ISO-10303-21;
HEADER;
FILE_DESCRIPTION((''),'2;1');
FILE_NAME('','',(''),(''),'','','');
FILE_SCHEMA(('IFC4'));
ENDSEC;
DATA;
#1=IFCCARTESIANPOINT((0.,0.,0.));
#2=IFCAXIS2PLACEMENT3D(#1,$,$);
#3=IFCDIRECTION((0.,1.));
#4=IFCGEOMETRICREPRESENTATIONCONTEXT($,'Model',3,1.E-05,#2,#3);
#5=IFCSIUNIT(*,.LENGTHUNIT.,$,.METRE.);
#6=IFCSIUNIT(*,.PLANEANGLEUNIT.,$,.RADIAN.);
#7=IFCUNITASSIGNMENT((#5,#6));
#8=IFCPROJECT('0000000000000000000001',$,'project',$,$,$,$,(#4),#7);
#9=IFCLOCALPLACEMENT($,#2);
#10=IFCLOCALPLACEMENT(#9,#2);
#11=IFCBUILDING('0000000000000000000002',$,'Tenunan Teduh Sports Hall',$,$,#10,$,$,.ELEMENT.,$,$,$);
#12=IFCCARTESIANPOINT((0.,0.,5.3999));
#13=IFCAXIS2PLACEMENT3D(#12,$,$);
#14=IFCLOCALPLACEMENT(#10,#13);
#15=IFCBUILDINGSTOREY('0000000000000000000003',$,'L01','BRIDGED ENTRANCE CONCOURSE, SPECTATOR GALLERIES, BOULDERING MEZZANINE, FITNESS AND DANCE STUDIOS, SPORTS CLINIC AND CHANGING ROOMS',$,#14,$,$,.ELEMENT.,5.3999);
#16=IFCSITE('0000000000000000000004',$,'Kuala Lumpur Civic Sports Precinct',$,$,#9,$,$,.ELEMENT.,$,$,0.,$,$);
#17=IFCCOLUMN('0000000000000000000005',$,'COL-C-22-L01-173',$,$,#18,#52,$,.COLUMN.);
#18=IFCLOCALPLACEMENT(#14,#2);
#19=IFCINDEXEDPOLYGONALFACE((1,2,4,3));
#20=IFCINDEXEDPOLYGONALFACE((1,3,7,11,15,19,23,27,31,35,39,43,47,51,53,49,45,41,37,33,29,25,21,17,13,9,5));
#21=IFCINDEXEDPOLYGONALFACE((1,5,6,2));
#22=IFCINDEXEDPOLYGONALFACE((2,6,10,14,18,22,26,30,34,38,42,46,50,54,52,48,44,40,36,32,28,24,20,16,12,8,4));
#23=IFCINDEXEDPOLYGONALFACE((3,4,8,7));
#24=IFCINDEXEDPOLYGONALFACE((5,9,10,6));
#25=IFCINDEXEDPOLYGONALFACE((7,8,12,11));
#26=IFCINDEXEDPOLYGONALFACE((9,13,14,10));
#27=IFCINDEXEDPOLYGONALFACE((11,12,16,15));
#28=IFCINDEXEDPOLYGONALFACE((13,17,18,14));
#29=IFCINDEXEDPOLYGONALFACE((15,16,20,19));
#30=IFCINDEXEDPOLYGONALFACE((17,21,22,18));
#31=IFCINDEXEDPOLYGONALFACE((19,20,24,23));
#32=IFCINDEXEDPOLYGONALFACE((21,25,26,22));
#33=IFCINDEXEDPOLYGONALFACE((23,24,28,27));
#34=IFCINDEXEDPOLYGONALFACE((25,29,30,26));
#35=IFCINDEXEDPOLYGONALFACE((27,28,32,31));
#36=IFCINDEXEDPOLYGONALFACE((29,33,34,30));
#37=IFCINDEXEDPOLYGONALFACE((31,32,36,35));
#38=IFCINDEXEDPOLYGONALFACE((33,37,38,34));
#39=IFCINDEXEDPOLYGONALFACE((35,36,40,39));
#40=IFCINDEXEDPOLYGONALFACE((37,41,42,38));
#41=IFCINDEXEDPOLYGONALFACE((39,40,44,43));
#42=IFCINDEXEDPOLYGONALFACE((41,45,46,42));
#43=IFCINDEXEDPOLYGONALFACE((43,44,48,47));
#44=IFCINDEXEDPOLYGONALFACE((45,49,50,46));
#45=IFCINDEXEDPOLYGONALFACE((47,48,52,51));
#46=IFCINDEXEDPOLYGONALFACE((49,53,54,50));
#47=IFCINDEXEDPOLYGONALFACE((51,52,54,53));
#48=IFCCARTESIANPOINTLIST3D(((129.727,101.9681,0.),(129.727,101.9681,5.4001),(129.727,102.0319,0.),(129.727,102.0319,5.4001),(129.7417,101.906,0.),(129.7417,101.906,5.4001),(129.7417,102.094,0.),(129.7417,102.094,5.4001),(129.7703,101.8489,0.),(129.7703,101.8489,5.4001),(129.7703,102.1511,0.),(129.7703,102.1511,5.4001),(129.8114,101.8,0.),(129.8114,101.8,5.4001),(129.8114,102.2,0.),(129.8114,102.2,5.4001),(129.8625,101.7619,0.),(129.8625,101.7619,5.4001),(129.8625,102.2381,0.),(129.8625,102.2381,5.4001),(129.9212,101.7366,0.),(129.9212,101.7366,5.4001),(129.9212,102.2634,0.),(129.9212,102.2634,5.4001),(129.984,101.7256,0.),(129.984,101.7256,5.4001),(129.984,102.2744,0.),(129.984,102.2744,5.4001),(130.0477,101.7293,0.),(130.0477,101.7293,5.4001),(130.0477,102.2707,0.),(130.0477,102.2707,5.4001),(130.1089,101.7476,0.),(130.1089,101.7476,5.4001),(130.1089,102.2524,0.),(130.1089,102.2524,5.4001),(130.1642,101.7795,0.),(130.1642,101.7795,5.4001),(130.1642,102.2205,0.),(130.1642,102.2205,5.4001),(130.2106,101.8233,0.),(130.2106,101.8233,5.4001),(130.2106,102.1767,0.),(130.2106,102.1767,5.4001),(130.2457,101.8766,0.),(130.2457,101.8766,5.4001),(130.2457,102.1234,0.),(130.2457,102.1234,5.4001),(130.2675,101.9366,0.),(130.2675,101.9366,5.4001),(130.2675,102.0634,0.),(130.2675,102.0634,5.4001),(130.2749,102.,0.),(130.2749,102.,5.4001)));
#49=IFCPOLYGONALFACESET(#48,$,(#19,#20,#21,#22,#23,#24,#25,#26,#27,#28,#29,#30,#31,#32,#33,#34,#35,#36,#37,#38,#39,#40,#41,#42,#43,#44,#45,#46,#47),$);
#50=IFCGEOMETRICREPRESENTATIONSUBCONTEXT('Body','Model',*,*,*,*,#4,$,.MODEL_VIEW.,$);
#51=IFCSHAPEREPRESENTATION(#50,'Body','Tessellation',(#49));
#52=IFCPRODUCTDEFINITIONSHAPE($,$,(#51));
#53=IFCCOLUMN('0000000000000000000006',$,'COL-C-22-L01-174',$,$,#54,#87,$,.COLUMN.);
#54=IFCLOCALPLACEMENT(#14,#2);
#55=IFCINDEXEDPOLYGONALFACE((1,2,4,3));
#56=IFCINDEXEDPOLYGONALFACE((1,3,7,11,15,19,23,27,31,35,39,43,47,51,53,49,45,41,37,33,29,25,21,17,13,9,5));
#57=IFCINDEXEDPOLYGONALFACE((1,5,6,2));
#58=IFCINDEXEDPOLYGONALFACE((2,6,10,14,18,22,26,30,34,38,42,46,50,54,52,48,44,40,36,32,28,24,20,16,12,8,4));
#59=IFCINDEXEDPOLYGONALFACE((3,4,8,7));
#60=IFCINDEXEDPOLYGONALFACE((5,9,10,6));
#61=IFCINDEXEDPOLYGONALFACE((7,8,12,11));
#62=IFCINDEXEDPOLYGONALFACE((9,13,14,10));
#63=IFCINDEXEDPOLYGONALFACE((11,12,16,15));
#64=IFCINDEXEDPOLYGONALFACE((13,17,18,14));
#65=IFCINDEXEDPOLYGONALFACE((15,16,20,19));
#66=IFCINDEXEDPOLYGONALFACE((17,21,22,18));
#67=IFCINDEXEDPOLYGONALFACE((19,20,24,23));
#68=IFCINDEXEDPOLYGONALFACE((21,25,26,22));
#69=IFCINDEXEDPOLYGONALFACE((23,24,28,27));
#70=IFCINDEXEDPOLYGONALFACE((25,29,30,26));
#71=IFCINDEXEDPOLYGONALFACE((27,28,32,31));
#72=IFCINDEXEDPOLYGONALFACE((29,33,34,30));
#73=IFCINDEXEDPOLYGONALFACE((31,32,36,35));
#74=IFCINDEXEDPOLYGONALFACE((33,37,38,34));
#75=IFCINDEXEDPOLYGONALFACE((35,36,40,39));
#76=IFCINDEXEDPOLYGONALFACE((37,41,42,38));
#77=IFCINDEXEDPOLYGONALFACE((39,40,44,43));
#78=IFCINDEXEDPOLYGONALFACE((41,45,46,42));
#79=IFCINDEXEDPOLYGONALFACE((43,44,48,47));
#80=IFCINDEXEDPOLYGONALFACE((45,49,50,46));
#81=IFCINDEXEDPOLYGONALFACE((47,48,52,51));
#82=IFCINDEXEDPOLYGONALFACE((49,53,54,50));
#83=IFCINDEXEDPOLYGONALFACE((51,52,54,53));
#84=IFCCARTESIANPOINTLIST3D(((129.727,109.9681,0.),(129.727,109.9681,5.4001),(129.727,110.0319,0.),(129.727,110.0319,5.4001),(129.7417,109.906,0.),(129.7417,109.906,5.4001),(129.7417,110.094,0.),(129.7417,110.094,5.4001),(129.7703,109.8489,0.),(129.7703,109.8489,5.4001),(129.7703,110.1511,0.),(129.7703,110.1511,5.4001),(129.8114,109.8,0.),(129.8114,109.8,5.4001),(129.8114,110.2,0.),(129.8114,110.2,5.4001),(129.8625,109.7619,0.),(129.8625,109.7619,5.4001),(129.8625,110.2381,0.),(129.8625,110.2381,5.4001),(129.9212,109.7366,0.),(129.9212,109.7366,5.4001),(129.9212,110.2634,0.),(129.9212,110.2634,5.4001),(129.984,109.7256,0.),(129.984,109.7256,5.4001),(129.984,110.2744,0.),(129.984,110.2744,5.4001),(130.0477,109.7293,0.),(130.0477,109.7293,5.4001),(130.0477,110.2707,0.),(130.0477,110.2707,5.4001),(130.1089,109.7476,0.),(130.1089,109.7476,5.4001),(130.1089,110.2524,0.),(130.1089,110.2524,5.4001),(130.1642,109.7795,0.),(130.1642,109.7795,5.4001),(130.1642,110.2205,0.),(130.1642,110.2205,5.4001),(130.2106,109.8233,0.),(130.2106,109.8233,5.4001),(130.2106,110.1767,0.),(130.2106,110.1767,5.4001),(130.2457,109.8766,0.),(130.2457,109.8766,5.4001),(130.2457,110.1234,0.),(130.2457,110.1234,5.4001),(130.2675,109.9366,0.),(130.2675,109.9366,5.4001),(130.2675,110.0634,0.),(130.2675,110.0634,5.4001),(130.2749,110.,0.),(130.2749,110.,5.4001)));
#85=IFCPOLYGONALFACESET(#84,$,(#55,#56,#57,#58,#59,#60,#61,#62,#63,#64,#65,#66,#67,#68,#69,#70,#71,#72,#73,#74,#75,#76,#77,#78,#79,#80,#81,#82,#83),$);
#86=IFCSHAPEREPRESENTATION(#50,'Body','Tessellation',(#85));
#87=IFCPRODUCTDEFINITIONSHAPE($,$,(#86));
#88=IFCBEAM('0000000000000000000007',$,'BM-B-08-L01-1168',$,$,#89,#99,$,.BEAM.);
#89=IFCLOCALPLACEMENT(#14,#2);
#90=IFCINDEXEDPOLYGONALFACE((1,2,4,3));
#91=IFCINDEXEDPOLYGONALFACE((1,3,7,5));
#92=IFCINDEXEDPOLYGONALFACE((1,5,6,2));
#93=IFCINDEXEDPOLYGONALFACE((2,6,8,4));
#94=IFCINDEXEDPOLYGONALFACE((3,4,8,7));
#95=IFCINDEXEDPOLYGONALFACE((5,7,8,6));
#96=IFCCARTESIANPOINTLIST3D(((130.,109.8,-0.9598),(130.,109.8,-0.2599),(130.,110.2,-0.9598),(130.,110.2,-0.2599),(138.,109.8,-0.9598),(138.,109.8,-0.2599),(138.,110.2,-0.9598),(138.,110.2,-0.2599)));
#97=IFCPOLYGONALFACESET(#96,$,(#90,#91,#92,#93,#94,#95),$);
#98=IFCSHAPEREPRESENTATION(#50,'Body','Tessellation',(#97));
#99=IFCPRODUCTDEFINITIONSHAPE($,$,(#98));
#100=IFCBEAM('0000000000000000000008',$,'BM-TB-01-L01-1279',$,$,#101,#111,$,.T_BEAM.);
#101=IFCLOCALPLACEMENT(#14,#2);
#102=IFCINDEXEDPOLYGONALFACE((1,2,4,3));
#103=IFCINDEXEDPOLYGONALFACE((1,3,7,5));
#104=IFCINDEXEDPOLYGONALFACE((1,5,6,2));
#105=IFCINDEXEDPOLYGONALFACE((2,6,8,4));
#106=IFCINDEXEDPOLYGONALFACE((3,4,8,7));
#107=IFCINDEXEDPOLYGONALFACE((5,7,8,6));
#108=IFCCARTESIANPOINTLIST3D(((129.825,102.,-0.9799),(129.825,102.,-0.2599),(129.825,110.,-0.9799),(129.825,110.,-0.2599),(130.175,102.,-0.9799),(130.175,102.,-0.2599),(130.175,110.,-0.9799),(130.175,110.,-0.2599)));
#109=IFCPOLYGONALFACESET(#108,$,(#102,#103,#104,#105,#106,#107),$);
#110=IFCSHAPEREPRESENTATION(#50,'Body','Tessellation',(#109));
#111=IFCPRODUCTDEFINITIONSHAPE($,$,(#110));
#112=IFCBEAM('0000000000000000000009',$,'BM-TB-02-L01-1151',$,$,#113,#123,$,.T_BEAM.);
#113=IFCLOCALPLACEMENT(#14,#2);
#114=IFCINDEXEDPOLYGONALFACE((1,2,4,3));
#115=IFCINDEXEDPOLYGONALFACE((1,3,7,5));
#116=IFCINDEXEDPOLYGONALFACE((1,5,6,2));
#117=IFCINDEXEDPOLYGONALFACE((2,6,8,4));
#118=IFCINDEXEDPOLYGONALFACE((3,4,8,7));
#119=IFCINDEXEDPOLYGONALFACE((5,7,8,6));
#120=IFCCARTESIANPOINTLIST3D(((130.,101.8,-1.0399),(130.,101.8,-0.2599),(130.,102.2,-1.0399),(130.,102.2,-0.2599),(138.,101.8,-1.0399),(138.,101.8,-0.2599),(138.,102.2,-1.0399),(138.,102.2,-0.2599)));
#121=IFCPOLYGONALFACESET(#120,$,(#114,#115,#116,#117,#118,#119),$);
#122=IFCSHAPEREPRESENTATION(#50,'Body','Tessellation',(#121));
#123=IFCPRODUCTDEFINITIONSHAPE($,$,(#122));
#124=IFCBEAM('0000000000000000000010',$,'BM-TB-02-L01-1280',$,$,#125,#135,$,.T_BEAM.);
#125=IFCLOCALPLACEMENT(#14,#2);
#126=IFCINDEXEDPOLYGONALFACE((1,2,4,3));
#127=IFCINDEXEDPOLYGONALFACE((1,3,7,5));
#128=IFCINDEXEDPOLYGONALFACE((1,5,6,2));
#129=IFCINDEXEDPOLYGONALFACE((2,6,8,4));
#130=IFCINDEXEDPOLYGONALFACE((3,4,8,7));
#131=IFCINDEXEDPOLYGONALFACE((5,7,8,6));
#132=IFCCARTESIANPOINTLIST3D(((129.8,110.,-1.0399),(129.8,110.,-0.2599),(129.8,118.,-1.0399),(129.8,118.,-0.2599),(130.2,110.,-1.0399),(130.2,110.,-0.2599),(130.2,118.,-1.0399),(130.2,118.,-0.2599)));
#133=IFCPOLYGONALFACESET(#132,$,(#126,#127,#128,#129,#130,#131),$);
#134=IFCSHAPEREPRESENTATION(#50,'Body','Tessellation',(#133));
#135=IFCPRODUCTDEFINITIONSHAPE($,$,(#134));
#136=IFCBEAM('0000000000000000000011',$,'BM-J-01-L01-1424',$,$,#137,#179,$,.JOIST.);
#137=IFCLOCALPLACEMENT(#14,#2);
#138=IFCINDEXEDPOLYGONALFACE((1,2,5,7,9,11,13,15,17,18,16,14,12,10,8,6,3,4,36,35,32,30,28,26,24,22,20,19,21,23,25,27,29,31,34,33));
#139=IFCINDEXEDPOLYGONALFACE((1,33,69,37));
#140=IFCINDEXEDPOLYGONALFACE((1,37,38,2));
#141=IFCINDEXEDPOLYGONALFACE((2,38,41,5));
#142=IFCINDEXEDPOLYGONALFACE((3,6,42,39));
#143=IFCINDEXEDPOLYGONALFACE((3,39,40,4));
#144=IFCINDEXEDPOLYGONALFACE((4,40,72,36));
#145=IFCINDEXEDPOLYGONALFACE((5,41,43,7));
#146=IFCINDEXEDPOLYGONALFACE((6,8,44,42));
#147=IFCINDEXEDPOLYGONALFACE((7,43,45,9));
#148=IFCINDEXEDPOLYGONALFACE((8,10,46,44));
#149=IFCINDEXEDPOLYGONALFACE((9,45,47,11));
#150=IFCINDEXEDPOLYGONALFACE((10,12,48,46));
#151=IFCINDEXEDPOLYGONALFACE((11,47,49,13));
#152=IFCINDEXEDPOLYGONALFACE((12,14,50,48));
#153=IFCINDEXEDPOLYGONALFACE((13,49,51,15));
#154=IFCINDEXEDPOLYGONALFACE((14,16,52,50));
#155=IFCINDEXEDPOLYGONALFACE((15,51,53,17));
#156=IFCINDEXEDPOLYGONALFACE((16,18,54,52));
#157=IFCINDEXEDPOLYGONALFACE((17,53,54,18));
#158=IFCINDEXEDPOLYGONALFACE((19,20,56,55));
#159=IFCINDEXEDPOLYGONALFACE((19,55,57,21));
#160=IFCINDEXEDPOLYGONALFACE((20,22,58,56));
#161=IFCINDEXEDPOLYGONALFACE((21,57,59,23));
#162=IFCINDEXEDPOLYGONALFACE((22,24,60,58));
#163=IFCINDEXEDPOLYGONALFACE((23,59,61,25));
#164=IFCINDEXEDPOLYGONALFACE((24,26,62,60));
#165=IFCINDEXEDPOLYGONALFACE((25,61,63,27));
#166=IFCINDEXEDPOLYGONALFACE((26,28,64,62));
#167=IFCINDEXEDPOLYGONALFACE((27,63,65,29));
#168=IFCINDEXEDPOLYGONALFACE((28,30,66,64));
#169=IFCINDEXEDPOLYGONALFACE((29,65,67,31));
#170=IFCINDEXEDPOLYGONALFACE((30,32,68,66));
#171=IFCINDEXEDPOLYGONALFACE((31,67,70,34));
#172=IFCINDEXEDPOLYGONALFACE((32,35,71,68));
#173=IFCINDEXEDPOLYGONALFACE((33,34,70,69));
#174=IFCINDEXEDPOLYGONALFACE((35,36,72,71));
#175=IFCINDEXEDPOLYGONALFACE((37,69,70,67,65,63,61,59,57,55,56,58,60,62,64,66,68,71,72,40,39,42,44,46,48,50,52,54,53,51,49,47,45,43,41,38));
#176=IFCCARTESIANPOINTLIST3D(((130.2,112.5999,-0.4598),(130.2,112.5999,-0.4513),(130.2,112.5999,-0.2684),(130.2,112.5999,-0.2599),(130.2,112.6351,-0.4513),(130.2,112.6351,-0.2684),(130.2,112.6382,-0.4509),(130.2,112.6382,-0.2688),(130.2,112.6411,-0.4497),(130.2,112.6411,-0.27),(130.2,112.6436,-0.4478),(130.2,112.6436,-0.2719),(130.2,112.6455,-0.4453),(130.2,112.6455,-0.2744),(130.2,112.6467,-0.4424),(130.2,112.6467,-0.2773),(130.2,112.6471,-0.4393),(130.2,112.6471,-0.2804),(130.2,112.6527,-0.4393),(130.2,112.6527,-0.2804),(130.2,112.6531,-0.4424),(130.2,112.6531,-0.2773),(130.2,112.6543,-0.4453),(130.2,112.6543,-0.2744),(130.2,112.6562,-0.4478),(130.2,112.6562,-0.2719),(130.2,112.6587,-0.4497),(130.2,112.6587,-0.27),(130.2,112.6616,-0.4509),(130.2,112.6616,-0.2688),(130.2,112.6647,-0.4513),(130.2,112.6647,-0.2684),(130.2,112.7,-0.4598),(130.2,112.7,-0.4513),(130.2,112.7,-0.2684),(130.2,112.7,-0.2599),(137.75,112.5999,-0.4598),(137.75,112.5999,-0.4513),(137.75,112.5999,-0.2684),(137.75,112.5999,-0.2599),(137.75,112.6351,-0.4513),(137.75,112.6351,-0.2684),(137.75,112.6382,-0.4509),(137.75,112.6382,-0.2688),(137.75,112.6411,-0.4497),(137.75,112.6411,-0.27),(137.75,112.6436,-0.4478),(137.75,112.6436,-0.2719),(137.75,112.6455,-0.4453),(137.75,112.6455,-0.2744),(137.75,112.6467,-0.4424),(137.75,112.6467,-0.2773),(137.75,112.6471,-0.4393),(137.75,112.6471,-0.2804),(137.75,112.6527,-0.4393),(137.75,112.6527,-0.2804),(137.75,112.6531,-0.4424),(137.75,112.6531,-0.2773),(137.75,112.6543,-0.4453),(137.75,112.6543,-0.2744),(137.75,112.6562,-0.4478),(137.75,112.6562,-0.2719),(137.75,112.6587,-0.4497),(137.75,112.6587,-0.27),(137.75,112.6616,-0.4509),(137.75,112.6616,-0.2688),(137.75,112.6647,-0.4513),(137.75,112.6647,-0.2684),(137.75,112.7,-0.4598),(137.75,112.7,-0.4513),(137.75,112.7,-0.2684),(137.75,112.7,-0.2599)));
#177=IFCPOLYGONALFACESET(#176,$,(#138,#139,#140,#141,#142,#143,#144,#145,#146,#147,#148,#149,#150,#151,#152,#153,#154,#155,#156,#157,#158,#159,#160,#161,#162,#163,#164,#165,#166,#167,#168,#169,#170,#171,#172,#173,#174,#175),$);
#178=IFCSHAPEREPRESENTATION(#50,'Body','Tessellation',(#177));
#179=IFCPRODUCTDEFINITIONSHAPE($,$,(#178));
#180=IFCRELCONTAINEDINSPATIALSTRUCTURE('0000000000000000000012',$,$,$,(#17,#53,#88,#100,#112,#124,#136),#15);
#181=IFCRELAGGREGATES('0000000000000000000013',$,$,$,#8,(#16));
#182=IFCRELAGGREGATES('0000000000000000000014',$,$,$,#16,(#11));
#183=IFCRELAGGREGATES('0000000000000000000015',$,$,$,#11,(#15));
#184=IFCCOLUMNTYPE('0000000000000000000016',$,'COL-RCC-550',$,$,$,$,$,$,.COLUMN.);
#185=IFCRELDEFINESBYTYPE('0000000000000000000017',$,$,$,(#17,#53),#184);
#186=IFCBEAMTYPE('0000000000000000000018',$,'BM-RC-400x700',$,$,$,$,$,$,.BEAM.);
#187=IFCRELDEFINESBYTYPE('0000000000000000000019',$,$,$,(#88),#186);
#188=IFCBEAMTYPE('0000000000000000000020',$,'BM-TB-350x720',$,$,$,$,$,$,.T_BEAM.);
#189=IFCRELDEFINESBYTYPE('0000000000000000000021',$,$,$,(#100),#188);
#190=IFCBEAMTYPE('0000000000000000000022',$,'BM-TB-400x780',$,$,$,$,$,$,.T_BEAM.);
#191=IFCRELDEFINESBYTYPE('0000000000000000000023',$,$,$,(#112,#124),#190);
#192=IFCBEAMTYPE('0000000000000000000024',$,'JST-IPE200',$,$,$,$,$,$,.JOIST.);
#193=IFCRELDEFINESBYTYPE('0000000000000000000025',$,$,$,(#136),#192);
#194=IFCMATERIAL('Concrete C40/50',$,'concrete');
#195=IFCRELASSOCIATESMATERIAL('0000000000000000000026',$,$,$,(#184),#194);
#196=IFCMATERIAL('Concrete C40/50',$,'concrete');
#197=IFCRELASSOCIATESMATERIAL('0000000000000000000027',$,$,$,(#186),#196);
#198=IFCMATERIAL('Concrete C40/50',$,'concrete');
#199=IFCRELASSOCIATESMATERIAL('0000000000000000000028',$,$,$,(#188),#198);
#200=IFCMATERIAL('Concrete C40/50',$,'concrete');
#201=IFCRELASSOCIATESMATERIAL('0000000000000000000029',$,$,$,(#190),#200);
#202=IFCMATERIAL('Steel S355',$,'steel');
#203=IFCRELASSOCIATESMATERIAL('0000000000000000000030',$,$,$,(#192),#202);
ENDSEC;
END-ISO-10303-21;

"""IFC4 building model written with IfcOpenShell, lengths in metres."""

from ifc_helpers import new_model, si_unit, direction, frame, origin, origin_2d, place, context, subcontext, project, spatial, rectangle, circle, i_section, extrude, material, material_profile, profile_set, type_object, element, save


model = new_model("IFC4")

# Units and contexts
model_context = context("Model", 3, precision=1e-05, world=origin(), true_north=direction((0.0, 1.0)))
body_context = subcontext(model_context, "Body", "Model", "MODEL_VIEW")
ifc_project = project(units=[si_unit("LENGTHUNIT", "METRE"), si_unit("PLANEANGLEUNIT", "RADIAN")], contexts=[model_context])

# Site, building, storey
site_placement = place(None, origin())
site = spatial("IfcSite", under=ifc_project, at=site_placement, Name="Kuala Lumpur Civic Sports Precinct", CompositionType="ELEMENT", RefElevation=0.0)
building_placement = place(site_placement, origin())
building = spatial("IfcBuilding", under=site, at=building_placement, Name="Tenunan Teduh Sports Hall", CompositionType="ELEMENT")
storey_placement = place(building_placement, frame((0.0, 0.0, 5.3999)))
storey = spatial("IfcBuildingStorey", under=building, at=storey_placement, Name="L01", Description="BRIDGED ENTRANCE CONCOURSE, SPECTATOR GALLERIES, BOULDERING MEZZANINE, FITNESS AND DANCE STUDIOS, SPORTS CLINIC AND CHANGING ROOMS", CompositionType="ELEMENT", Elevation=5.3999)

# Columns
ifc_material_1 = material(Name="Concrete C40/50", Category="concrete")
ifc_material_profile_1 = material_profile(ifc_material_1, circle(Radius=0.2749, at=origin_2d()), Name="RCC D550")
ifc_profile_set_1 = profile_set([ifc_material_profile_1], Name="Concrete C40/50")
column_type = type_object("IfcColumnType", Name="COL-RCC-550", PredefinedType="COLUMN", material=ifc_profile_set_1)
for number, where, z_axis, x_axis, name in (
    (1, (130.0, 102.0, 0.0), (0.0, 0.0, 1.0), (1.0, 0.0, 0.0), "COL-C-22-L01-173"),
    (2, (130.0, 110.0, 0.0), (0.0, 0.0, 1.0), (1.0, 0.0, 0.0), "COL-C-22-L01-174"),
):
    element("IfcColumn", number, at=place(storey_placement, frame(where, z_axis=z_axis, x_axis=x_axis)), inside=storey, type_object=column_type, Name=name, PredefinedType="COLUMN", context=body_context, shape_type="SweptSolid", body=[
        extrude(circle(Radius=0.2749, at=origin_2d()), origin(), (0.0, 0.0, 1.0), 5.4001),
    ])

# Beams
ifc_material_2 = material(Name="Concrete C40/50", Category="concrete")
ifc_material_profile_2 = material_profile(ifc_material_2, rectangle(XDim=0.3999, YDim=0.7, at=origin_2d()), Name="RCB 400x700")
ifc_profile_set_2 = profile_set([ifc_material_profile_2], Name="Concrete C40/50")
beam_type_1 = type_object("IfcBeamType", Name="BM-RC-400x700", PredefinedType="BEAM", material=ifc_profile_set_2)
beam_1_placement = place(storey_placement, frame((130.0, 110.0, -0.6099), z_axis=(1.0, 0.0, 0.0), x_axis=(0.0, 1.0, 0.0)))
element("IfcBeam", 3, at=beam_1_placement, inside=storey, type_object=beam_type_1, Name="BM-B-08-L01-1168", PredefinedType="BEAM", context=body_context, shape_type="SweptSolid", body=[
    extrude(rectangle(XDim=0.3999, YDim=0.7, at=origin_2d()), origin(), (0.0, 0.0, 1.0), 8.0),
])
ifc_material_3 = material(Name="Concrete C40/50", Category="concrete")
ifc_material_profile_3 = material_profile(ifc_material_3, rectangle(XDim=0.3501, YDim=0.72, at=origin_2d()), Name="TB 350x720")
ifc_profile_set_3 = profile_set([ifc_material_profile_3], Name="Concrete C40/50")
beam_type_2 = type_object("IfcBeamType", Name="BM-TB-350x720", PredefinedType="T_BEAM", material=ifc_profile_set_3)
beam_2_placement = place(storey_placement, frame((130.0, 102.0, -0.6199), z_axis=(0.0, 1.0, 0.0), x_axis=(-1.0, 0.0, 0.0)))
element("IfcBeam", 4, at=beam_2_placement, inside=storey, type_object=beam_type_2, Name="BM-TB-01-L01-1279", PredefinedType="T_BEAM", context=body_context, shape_type="SweptSolid", body=[
    extrude(rectangle(XDim=0.3501, YDim=0.72, at=origin_2d()), origin(), (0.0, 0.0, 1.0), 8.0),
])
ifc_material_4 = material(Name="Concrete C40/50", Category="concrete")
ifc_material_profile_4 = material_profile(ifc_material_4, rectangle(XDim=0.3999, YDim=0.78, at=origin_2d()), Name="TB 400x780")
ifc_profile_set_4 = profile_set([ifc_material_profile_4], Name="Concrete C40/50")
beam_type_3 = type_object("IfcBeamType", Name="BM-TB-400x780", PredefinedType="T_BEAM", material=ifc_profile_set_4)
for number, where, z_axis, x_axis, name in (
    (5, (130.0, 102.0, -0.6499), (1.0, 0.0, 0.0), (0.0, 1.0, 0.0), "BM-TB-02-L01-1151"),
    (6, (130.0, 110.0, -0.6499), (0.0, 1.0, 0.0), (-1.0, 0.0, 0.0), "BM-TB-02-L01-1280"),
):
    element("IfcBeam", number, at=place(storey_placement, frame(where, z_axis=z_axis, x_axis=x_axis)), inside=storey, type_object=beam_type_3, Name=name, PredefinedType="T_BEAM", context=body_context, shape_type="SweptSolid", body=[
        extrude(rectangle(XDim=0.3999, YDim=0.78, at=origin_2d()), origin(), (0.0, 0.0, 1.0), 8.0),
    ])
ifc_material_5 = material(Name="Steel S355", Category="steel")
ifc_material_profile_5 = material_profile(ifc_material_5, i_section(OverallWidth=0.1001, OverallDepth=0.2, WebThickness=0.0056, FlangeThickness=0.0085, FilletRadius=0.012, at=origin_2d()), Name="IPE 200")
ifc_profile_set_5 = profile_set([ifc_material_profile_5], Name="Steel S355")
beam_type_4 = type_object("IfcBeamType", Name="JST-IPE200", PredefinedType="JOIST", material=ifc_profile_set_5)
beam_3_placement = place(storey_placement, frame((130.2, 112.6499, -0.3599), z_axis=(1.0, 0.0, 0.0), x_axis=(0.0, 1.0, 0.0)))
element("IfcBeam", 7, at=beam_3_placement, inside=storey, type_object=beam_type_4, Name="BM-J-01-L01-1424", PredefinedType="JOIST", context=body_context, shape_type="SweptSolid", body=[
    extrude(i_section(OverallWidth=0.1001, OverallDepth=0.2, WebThickness=0.0056, FlangeThickness=0.0085, FilletRadius=0.012, at=origin_2d()), origin(), (0.0, 0.0, 1.0), 7.55),
])

save(model, "model.ifc")
